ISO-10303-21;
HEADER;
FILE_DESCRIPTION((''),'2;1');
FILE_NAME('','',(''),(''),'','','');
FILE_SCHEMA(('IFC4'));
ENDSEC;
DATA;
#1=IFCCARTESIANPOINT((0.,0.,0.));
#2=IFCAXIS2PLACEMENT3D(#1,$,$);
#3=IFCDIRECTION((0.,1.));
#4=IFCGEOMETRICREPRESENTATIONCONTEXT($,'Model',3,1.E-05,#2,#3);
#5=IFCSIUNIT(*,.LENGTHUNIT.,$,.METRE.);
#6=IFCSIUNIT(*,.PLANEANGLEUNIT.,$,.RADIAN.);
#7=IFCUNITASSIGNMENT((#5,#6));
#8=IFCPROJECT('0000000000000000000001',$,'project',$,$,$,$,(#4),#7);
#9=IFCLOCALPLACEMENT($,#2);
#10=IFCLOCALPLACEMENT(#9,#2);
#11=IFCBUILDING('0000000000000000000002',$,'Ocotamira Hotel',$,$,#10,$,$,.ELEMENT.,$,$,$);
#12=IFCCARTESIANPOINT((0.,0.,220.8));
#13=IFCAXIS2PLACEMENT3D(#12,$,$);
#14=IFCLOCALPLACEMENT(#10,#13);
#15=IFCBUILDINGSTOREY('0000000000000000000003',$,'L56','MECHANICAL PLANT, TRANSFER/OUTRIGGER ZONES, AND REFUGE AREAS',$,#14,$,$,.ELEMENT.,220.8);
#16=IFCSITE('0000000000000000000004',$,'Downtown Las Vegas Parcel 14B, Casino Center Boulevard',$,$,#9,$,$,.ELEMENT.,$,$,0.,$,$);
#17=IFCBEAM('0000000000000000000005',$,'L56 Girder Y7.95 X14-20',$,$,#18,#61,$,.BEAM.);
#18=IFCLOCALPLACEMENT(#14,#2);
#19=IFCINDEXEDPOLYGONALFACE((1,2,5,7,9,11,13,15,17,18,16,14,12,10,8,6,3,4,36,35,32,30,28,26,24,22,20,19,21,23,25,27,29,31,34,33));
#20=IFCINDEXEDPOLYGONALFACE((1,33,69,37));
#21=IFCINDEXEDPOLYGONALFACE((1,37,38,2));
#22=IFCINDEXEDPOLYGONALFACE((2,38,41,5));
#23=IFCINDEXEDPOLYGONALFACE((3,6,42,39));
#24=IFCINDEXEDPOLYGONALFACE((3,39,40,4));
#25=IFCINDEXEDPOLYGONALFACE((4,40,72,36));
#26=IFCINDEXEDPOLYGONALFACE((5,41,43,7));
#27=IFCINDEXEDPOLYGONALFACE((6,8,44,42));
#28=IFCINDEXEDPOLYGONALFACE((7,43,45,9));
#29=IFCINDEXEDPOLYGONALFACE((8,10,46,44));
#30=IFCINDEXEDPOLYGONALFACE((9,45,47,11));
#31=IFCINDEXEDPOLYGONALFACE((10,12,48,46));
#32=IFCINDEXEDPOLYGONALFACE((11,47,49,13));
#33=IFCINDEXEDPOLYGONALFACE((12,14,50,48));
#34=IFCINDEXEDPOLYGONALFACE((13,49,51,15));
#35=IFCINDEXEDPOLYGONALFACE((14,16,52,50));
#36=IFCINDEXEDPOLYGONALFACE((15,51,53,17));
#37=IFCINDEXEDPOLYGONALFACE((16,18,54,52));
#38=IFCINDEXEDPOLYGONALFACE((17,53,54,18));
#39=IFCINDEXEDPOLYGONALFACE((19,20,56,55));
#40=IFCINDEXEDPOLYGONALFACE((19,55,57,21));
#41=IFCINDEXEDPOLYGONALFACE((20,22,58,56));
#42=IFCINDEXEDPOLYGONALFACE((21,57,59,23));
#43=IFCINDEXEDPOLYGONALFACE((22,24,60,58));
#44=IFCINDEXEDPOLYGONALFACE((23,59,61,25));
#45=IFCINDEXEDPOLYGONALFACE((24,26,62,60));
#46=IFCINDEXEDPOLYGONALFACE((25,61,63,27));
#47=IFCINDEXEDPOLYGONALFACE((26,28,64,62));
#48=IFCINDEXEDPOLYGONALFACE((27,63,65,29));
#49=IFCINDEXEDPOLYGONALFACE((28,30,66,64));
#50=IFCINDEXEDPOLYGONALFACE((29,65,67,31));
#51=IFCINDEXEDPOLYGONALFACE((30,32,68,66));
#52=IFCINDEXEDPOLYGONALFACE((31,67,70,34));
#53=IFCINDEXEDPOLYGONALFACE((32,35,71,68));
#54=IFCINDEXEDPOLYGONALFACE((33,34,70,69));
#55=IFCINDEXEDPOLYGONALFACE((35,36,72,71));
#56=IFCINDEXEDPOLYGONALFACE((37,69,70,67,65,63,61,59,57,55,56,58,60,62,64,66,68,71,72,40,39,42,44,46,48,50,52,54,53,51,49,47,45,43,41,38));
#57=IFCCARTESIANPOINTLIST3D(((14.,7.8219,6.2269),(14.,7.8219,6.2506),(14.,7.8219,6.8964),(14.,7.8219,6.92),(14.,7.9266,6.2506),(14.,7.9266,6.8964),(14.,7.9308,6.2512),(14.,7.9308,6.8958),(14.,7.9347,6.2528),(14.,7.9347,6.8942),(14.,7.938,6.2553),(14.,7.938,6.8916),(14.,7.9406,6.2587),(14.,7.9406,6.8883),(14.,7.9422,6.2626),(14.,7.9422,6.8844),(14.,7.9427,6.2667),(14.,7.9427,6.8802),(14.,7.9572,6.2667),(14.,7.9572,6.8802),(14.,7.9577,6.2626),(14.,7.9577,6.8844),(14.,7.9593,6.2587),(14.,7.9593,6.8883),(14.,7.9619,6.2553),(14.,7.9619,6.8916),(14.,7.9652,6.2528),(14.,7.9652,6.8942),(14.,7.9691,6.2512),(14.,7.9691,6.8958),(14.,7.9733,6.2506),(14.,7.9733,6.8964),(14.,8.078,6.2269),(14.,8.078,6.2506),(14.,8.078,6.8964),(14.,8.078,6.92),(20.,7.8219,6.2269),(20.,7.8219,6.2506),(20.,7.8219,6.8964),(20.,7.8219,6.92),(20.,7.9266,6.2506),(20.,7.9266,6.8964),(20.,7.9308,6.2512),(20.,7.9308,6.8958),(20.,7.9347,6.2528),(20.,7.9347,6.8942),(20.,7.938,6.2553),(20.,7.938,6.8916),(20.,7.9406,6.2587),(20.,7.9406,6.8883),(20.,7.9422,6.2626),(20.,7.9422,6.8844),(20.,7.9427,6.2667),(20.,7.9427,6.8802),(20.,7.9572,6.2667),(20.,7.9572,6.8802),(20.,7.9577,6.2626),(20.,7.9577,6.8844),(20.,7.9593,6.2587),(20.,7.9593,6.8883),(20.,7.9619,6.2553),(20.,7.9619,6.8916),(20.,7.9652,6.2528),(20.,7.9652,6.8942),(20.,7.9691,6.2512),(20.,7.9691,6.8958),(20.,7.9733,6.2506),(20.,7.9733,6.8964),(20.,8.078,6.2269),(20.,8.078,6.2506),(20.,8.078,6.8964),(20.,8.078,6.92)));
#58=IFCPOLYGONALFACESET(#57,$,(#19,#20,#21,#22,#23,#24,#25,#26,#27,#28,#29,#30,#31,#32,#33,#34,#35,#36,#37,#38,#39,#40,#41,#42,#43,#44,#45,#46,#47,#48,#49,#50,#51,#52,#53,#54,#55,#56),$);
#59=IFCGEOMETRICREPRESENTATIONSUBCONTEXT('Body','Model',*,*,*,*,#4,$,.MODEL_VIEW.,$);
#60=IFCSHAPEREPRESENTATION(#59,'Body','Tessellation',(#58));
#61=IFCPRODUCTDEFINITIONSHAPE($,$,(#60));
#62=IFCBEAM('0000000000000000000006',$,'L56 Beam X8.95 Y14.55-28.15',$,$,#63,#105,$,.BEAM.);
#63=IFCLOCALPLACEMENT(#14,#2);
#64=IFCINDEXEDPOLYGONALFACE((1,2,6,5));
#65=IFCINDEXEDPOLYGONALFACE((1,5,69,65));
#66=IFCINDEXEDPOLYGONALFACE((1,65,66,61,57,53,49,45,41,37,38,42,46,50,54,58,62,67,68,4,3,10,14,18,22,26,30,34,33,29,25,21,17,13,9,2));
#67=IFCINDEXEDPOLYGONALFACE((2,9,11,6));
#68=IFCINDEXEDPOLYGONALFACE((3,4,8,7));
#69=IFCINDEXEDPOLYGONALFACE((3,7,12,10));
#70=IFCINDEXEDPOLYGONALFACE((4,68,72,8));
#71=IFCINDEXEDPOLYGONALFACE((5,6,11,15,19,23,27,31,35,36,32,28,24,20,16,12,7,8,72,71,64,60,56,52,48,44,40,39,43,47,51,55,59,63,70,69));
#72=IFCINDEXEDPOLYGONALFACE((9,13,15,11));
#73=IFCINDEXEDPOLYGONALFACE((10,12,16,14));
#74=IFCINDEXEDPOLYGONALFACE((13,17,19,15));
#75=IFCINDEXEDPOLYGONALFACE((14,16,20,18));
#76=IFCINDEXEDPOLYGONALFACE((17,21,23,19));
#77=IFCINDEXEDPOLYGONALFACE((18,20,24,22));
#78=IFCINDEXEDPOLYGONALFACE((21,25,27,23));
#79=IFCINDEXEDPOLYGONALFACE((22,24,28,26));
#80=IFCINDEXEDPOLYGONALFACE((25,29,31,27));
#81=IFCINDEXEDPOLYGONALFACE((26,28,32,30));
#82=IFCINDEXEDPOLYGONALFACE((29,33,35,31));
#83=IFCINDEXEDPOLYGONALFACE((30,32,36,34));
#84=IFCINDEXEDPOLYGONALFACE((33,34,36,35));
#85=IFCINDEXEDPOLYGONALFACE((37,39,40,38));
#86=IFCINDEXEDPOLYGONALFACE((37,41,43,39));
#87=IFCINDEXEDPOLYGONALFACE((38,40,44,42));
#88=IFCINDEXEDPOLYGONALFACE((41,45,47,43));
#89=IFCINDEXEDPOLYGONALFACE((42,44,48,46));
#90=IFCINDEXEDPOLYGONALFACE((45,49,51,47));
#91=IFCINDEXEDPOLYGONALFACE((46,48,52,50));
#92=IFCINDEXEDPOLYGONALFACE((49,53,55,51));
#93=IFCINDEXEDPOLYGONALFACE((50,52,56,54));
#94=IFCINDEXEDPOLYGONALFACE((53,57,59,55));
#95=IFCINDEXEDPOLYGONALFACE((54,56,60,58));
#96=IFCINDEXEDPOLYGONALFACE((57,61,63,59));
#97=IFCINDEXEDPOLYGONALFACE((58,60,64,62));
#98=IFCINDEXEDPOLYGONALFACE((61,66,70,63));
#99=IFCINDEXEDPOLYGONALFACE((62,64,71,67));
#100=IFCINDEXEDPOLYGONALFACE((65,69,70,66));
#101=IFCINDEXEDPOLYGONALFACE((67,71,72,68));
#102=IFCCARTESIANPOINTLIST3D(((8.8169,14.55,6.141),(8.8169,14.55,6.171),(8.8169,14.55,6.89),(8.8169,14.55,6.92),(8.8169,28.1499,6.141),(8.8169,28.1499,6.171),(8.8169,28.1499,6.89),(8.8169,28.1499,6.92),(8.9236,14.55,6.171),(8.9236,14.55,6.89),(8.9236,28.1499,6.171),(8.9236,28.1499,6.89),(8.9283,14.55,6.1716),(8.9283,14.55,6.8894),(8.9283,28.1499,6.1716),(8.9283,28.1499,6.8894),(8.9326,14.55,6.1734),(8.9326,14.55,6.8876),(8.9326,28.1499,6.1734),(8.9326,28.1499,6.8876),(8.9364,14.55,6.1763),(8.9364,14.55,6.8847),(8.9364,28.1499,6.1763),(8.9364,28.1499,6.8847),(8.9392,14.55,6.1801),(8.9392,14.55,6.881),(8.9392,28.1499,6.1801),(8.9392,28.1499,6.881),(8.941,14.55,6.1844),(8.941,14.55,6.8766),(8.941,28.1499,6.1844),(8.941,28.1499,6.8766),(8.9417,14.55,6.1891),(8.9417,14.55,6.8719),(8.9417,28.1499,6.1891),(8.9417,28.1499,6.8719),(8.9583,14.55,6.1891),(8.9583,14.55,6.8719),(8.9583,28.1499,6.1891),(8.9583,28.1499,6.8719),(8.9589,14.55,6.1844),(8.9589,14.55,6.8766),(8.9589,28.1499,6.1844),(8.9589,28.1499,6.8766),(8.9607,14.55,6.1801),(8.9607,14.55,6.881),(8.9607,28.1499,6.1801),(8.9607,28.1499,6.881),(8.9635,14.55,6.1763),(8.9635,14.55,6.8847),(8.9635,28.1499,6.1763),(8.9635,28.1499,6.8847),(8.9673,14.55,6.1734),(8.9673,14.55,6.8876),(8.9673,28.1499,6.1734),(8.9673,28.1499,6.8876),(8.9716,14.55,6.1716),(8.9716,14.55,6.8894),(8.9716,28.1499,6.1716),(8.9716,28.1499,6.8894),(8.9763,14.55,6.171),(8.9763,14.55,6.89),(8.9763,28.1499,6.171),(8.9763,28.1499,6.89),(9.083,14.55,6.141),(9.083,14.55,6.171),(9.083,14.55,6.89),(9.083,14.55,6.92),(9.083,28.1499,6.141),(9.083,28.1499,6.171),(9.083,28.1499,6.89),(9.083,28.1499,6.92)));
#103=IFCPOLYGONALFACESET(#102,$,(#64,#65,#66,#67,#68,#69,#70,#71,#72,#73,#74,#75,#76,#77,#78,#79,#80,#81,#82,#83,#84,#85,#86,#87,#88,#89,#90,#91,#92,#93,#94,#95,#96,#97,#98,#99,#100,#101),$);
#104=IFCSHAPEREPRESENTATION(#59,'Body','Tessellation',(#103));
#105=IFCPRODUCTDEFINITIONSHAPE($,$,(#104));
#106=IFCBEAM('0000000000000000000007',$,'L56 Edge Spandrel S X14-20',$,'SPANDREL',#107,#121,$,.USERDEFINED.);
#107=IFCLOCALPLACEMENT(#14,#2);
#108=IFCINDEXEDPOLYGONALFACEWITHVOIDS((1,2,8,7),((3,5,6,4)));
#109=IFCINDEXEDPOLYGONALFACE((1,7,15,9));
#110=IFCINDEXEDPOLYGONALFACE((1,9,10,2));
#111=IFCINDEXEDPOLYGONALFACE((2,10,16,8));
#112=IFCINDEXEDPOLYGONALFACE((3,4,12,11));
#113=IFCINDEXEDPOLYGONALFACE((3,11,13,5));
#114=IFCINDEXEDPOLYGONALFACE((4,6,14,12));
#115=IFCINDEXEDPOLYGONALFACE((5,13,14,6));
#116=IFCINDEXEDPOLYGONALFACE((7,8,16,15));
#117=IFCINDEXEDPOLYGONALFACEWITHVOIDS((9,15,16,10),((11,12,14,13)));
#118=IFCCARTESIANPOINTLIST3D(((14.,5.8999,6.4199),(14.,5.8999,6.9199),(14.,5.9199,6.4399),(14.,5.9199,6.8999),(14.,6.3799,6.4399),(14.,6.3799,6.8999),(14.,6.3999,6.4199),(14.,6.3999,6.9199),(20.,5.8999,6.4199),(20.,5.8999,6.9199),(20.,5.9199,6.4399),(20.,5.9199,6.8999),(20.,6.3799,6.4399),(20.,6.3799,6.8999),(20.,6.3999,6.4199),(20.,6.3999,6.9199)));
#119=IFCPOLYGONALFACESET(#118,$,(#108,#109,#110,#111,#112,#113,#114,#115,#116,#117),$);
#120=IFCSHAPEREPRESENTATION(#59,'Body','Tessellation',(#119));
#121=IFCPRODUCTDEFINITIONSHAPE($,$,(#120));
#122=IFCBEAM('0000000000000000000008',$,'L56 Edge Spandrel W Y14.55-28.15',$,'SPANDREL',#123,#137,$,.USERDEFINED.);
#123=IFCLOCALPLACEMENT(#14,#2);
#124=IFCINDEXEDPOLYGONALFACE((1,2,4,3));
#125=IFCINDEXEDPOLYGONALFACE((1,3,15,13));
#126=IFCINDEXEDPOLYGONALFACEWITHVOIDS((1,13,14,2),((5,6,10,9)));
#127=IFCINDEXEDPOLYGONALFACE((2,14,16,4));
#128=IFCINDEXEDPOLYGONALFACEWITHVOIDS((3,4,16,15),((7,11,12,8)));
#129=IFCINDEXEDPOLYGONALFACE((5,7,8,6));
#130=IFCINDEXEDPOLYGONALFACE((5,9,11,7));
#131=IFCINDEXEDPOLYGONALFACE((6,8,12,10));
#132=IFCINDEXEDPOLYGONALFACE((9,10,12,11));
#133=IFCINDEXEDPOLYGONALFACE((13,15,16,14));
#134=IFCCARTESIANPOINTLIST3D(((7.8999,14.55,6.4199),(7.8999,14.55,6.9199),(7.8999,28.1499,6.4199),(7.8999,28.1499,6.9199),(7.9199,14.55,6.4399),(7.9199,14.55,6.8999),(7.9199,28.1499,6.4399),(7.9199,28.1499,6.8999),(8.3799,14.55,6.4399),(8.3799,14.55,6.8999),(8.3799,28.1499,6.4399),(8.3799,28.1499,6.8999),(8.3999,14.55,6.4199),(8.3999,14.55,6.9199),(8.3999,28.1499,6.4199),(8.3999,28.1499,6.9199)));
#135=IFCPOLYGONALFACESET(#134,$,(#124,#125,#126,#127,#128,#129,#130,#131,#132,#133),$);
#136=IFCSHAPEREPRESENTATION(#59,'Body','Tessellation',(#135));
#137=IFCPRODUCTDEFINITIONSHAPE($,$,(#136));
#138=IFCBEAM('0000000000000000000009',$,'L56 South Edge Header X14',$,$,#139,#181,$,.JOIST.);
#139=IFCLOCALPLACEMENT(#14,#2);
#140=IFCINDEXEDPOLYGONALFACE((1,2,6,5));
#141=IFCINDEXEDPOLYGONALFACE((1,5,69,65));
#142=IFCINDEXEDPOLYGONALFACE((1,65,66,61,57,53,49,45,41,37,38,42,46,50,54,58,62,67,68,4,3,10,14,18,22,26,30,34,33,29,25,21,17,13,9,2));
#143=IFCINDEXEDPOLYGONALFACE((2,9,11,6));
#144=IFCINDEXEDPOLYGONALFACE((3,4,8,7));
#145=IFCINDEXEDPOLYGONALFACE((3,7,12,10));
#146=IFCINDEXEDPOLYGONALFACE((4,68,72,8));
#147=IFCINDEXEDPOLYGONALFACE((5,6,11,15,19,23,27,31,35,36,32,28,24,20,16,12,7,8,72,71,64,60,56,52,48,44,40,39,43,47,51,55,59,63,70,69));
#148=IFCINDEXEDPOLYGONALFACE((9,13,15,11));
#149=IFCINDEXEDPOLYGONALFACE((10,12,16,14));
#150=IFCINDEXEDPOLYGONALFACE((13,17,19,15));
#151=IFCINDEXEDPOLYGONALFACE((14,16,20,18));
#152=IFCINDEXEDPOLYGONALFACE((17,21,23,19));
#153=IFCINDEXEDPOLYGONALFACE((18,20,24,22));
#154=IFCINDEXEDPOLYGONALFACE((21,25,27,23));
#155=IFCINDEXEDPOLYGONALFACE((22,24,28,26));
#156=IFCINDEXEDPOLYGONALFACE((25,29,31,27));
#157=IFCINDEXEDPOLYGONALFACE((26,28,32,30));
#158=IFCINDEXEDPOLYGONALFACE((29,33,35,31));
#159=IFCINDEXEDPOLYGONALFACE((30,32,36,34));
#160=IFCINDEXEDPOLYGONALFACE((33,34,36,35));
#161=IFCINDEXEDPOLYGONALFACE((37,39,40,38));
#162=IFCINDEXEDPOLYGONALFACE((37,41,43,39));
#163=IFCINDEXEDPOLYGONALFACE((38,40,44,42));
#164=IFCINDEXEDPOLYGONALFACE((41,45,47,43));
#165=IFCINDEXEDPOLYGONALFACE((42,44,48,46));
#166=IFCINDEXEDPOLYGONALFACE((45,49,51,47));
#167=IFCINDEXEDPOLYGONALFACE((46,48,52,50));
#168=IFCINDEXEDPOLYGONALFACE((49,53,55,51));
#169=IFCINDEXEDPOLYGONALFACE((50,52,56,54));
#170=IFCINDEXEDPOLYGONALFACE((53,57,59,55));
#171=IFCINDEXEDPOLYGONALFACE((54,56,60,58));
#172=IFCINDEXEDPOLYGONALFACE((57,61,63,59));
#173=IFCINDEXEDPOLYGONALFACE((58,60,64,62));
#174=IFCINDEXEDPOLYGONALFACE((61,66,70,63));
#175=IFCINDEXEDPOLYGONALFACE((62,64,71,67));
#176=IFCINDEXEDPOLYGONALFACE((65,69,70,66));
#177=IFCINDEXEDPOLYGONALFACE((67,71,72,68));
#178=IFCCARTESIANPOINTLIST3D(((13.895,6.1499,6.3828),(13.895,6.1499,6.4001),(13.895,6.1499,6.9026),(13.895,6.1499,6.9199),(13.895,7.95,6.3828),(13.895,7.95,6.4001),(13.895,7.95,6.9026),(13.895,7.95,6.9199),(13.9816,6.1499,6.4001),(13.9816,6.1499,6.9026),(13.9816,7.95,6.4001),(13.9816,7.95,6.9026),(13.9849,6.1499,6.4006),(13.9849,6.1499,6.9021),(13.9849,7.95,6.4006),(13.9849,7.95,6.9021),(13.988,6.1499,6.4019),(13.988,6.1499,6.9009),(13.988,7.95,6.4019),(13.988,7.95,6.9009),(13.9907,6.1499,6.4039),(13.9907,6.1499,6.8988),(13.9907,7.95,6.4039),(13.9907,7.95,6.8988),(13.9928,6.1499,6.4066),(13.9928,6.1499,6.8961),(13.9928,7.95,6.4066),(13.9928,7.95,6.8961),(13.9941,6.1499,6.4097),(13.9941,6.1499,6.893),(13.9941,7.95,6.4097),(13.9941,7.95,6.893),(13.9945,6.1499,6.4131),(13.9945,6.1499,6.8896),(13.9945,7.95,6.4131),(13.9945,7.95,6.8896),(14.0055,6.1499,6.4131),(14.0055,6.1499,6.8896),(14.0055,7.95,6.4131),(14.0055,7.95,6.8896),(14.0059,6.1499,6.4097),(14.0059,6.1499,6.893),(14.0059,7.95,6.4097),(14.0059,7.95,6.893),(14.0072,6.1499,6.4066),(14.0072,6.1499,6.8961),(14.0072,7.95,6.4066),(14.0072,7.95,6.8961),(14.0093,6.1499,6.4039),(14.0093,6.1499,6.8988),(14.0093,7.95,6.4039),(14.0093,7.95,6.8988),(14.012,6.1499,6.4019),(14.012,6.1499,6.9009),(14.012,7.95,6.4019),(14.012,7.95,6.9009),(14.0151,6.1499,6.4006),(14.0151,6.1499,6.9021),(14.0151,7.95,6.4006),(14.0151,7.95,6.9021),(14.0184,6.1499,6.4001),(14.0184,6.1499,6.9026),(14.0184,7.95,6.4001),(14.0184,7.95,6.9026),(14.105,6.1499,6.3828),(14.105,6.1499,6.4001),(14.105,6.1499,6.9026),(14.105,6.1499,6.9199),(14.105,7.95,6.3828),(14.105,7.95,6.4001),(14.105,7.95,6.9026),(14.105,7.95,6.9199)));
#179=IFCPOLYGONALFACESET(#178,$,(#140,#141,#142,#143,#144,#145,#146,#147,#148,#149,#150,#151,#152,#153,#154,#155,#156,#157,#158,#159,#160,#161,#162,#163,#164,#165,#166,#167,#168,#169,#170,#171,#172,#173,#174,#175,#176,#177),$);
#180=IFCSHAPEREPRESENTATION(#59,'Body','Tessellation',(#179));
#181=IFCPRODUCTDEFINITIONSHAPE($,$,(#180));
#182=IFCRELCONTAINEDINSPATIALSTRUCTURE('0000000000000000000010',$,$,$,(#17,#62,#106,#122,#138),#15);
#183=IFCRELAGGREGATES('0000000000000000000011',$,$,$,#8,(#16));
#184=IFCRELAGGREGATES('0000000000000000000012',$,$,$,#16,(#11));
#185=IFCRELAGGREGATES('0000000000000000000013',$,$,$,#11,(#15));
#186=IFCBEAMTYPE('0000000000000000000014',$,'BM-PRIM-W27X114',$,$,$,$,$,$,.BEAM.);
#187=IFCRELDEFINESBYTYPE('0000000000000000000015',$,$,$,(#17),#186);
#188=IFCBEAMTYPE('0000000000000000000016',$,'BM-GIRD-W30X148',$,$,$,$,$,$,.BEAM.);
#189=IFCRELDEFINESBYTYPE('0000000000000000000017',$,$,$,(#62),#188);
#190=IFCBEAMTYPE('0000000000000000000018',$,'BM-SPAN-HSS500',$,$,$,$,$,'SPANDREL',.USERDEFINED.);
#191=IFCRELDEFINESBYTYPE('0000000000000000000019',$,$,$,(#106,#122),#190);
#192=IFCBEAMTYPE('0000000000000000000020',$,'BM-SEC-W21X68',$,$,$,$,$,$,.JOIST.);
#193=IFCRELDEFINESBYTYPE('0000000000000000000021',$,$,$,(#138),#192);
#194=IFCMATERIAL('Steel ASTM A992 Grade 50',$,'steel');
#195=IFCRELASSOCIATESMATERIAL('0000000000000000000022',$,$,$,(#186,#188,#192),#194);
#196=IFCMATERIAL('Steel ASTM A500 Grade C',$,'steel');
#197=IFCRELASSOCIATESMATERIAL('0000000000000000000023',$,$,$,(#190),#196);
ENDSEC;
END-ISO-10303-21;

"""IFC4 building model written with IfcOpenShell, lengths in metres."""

from ifc_helpers import new_model, si_unit, direction, frame, origin, origin_2d, place, context, subcontext, project, spatial, hollow_rectangle, i_section, extrude, source, transform, mapped, material, material_profile, profile_set, type_object, element, save


model = new_model("IFC4")

# Units and contexts
model_context = context("Model", 3, precision=1e-05, world=origin(), true_north=direction((0.0, 1.0)))
body_context = subcontext(model_context, "Body", "Model", "MODEL_VIEW")
ifc_project = project(units=[si_unit("LENGTHUNIT", "METRE"), si_unit("PLANEANGLEUNIT", "RADIAN")], contexts=[model_context])

# Site, building, storey
site_placement = place(None, origin())
site = spatial("IfcSite", under=ifc_project, at=site_placement, Name="Downtown Las Vegas Parcel 14B, Casino Center Boulevard", CompositionType="ELEMENT", RefElevation=0.0)
building_placement = place(site_placement, origin())
building = spatial("IfcBuilding", under=site, at=building_placement, Name="Ocotamira Hotel", CompositionType="ELEMENT")
storey_placement = place(building_placement, frame((0.0, 0.0, 220.8)))
storey = spatial("IfcBuildingStorey", under=building, at=storey_placement, Name="L56", Description="MECHANICAL PLANT, TRANSFER/OUTRIGGER ZONES, AND REFUGE AREAS", CompositionType="ELEMENT", Elevation=220.8)

# Beams
ifc_material_1 = material(Name="Steel ASTM A992 Grade 50", Category="steel")
ifc_material_profile_1 = material_profile(ifc_material_1, i_section(OverallWidth=0.2561, OverallDepth=0.6931, WebThickness=0.0144, FlangeThickness=0.0237, FilletRadius=0.0161, at=origin_2d()), Name="W27X114")
ifc_profile_set_1 = profile_set([ifc_material_profile_1], Name="Steel ASTM A992 Grade 50")
beam_type_1 = type_object("IfcBeamType", Name="BM-PRIM-W27X114", PredefinedType="BEAM", material=ifc_profile_set_1)
shared_shape_1 = source(origin(), body_context, "Body", "SweptSolid", [
    extrude(i_section(OverallWidth=0.2561, OverallDepth=0.6931, WebThickness=0.0144, FlangeThickness=0.0237, FilletRadius=0.0161, at=origin_2d()), origin(), (0.0, 0.0, 1.0), 6.0),
])
beam_1_placement = place(storey_placement, frame((14.0, 7.95, 6.5735), z_axis=(1.0, 0.0, 0.0), x_axis=(0.0, 1.0, 0.0)))
element("IfcBeam", 1, at=beam_1_placement, inside=storey, type_object=beam_type_1, Name="L56 Girder Y7.95 X14-20", PredefinedType="BEAM", context=body_context, shape_type="MappedRepresentation", body=[
    mapped(shared_shape_1, transform((0.0, 0.0, 0.0), scale=1.0)),
])
ifc_material_profile_2 = material_profile(ifc_material_1, i_section(OverallWidth=0.2661, OverallDepth=0.7791, WebThickness=0.0166, FlangeThickness=0.03, FilletRadius=0.0181, at=origin_2d()), Name="W30X148")
ifc_profile_set_2 = profile_set([ifc_material_profile_2], Name="Steel ASTM A992 Grade 50")
beam_type_2 = type_object("IfcBeamType", Name="BM-GIRD-W30X148", PredefinedType="BEAM", material=ifc_profile_set_2)
shared_shape_2 = source(origin(), body_context, "Body", "SweptSolid", [
    extrude(i_section(OverallWidth=0.2661, OverallDepth=0.7791, WebThickness=0.0166, FlangeThickness=0.03, FilletRadius=0.0181, at=origin_2d()), origin(), (0.0, 0.0, 1.0), 13.5999),
])
beam_2_placement = place(storey_placement, frame((8.95, 14.55, 6.5305), z_axis=(0.0, 1.0, 0.0), x_axis=(-1.0, 0.0, 0.0)))
element("IfcBeam", 2, at=beam_2_placement, inside=storey, type_object=beam_type_2, Name="L56 Beam X8.95 Y14.55-28.15", PredefinedType="BEAM", context=body_context, shape_type="MappedRepresentation", body=[
    mapped(shared_shape_2, transform((0.0, 0.0, 0.0), scale=1.0)),
])
ifc_material_2 = material(Name="Steel ASTM A500 Grade C", Category="steel")
ifc_material_profile_3 = material_profile(ifc_material_2, hollow_rectangle(XDim=0.5, YDim=0.5, WallThickness=0.02, at=origin_2d()), Name="HSS500X500X20")
ifc_profile_set_3 = profile_set([ifc_material_profile_3], Name="Steel ASTM A500 Grade C")
beam_type_3 = type_object("IfcBeamType", Name="BM-SPAN-HSS500", ElementType="SPANDREL", PredefinedType="USERDEFINED", material=ifc_profile_set_3)
shared_shape_3 = source(origin(), body_context, "Body", "SweptSolid", [
    extrude(hollow_rectangle(XDim=0.5, YDim=0.5, WallThickness=0.02, at=origin_2d()), origin(), (0.0, 0.0, 1.0), 6.0),
])
beam_3_placement = place(storey_placement, frame((14.0, 6.1499, 6.6699), z_axis=(1.0, 0.0, 0.0), x_axis=(0.0, 1.0, 0.0)))
element("IfcBeam", 3, at=beam_3_placement, inside=storey, type_object=beam_type_3, Name="L56 Edge Spandrel S X14-20", ObjectType="SPANDREL", PredefinedType="USERDEFINED", context=body_context, shape_type="MappedRepresentation", body=[
    mapped(shared_shape_3, transform((0.0, 0.0, 0.0), scale=1.0)),
])
shared_shape_4 = source(origin(), body_context, "Body", "SweptSolid", [
    extrude(hollow_rectangle(XDim=0.5, YDim=0.5, WallThickness=0.02, at=origin_2d()), origin(), (0.0, 0.0, 1.0), 13.5999),
])
beam_4_placement = place(storey_placement, frame((8.1499, 14.55, 6.6699), z_axis=(0.0, 1.0, 0.0), x_axis=(-1.0, 0.0, 0.0)))
element("IfcBeam", 4, at=beam_4_placement, inside=storey, type_object=beam_type_3, Name="L56 Edge Spandrel W Y14.55-28.15", ObjectType="SPANDREL", PredefinedType="USERDEFINED", context=body_context, shape_type="MappedRepresentation", body=[
    mapped(shared_shape_4, transform((0.0, 0.0, 0.0), scale=1.0)),
])
ifc_material_profile_4 = material_profile(ifc_material_1, i_section(OverallWidth=0.21, OverallDepth=0.5371, WebThickness=0.011, FlangeThickness=0.0173, FilletRadius=0.0129, at=origin_2d()), Name="W21X68")
ifc_profile_set_4 = profile_set([ifc_material_profile_4], Name="Steel ASTM A992 Grade 50")
beam_type_4 = type_object("IfcBeamType", Name="BM-SEC-W21X68", PredefinedType="JOIST", material=ifc_profile_set_4)
shared_shape_5 = source(origin(), body_context, "Body", "SweptSolid", [
    extrude(i_section(OverallWidth=0.21, OverallDepth=0.5371, WebThickness=0.011, FlangeThickness=0.0173, FilletRadius=0.0129, at=origin_2d()), origin(), (0.0, 0.0, 1.0), 1.8),
])
beam_5_placement = place(storey_placement, frame((14.0, 7.95, 6.6514), z_axis=(0.0, -1.0, 0.0), x_axis=(1.0, 0.0, 0.0)))
element("IfcBeam", 5, at=beam_5_placement, inside=storey, type_object=beam_type_4, Name="L56 South Edge Header X14", PredefinedType="JOIST", context=body_context, shape_type="MappedRepresentation", body=[
    mapped(shared_shape_5, transform((0.0, 0.0, 0.0), scale=1.0)),
])

save(model, "model.ifc")
